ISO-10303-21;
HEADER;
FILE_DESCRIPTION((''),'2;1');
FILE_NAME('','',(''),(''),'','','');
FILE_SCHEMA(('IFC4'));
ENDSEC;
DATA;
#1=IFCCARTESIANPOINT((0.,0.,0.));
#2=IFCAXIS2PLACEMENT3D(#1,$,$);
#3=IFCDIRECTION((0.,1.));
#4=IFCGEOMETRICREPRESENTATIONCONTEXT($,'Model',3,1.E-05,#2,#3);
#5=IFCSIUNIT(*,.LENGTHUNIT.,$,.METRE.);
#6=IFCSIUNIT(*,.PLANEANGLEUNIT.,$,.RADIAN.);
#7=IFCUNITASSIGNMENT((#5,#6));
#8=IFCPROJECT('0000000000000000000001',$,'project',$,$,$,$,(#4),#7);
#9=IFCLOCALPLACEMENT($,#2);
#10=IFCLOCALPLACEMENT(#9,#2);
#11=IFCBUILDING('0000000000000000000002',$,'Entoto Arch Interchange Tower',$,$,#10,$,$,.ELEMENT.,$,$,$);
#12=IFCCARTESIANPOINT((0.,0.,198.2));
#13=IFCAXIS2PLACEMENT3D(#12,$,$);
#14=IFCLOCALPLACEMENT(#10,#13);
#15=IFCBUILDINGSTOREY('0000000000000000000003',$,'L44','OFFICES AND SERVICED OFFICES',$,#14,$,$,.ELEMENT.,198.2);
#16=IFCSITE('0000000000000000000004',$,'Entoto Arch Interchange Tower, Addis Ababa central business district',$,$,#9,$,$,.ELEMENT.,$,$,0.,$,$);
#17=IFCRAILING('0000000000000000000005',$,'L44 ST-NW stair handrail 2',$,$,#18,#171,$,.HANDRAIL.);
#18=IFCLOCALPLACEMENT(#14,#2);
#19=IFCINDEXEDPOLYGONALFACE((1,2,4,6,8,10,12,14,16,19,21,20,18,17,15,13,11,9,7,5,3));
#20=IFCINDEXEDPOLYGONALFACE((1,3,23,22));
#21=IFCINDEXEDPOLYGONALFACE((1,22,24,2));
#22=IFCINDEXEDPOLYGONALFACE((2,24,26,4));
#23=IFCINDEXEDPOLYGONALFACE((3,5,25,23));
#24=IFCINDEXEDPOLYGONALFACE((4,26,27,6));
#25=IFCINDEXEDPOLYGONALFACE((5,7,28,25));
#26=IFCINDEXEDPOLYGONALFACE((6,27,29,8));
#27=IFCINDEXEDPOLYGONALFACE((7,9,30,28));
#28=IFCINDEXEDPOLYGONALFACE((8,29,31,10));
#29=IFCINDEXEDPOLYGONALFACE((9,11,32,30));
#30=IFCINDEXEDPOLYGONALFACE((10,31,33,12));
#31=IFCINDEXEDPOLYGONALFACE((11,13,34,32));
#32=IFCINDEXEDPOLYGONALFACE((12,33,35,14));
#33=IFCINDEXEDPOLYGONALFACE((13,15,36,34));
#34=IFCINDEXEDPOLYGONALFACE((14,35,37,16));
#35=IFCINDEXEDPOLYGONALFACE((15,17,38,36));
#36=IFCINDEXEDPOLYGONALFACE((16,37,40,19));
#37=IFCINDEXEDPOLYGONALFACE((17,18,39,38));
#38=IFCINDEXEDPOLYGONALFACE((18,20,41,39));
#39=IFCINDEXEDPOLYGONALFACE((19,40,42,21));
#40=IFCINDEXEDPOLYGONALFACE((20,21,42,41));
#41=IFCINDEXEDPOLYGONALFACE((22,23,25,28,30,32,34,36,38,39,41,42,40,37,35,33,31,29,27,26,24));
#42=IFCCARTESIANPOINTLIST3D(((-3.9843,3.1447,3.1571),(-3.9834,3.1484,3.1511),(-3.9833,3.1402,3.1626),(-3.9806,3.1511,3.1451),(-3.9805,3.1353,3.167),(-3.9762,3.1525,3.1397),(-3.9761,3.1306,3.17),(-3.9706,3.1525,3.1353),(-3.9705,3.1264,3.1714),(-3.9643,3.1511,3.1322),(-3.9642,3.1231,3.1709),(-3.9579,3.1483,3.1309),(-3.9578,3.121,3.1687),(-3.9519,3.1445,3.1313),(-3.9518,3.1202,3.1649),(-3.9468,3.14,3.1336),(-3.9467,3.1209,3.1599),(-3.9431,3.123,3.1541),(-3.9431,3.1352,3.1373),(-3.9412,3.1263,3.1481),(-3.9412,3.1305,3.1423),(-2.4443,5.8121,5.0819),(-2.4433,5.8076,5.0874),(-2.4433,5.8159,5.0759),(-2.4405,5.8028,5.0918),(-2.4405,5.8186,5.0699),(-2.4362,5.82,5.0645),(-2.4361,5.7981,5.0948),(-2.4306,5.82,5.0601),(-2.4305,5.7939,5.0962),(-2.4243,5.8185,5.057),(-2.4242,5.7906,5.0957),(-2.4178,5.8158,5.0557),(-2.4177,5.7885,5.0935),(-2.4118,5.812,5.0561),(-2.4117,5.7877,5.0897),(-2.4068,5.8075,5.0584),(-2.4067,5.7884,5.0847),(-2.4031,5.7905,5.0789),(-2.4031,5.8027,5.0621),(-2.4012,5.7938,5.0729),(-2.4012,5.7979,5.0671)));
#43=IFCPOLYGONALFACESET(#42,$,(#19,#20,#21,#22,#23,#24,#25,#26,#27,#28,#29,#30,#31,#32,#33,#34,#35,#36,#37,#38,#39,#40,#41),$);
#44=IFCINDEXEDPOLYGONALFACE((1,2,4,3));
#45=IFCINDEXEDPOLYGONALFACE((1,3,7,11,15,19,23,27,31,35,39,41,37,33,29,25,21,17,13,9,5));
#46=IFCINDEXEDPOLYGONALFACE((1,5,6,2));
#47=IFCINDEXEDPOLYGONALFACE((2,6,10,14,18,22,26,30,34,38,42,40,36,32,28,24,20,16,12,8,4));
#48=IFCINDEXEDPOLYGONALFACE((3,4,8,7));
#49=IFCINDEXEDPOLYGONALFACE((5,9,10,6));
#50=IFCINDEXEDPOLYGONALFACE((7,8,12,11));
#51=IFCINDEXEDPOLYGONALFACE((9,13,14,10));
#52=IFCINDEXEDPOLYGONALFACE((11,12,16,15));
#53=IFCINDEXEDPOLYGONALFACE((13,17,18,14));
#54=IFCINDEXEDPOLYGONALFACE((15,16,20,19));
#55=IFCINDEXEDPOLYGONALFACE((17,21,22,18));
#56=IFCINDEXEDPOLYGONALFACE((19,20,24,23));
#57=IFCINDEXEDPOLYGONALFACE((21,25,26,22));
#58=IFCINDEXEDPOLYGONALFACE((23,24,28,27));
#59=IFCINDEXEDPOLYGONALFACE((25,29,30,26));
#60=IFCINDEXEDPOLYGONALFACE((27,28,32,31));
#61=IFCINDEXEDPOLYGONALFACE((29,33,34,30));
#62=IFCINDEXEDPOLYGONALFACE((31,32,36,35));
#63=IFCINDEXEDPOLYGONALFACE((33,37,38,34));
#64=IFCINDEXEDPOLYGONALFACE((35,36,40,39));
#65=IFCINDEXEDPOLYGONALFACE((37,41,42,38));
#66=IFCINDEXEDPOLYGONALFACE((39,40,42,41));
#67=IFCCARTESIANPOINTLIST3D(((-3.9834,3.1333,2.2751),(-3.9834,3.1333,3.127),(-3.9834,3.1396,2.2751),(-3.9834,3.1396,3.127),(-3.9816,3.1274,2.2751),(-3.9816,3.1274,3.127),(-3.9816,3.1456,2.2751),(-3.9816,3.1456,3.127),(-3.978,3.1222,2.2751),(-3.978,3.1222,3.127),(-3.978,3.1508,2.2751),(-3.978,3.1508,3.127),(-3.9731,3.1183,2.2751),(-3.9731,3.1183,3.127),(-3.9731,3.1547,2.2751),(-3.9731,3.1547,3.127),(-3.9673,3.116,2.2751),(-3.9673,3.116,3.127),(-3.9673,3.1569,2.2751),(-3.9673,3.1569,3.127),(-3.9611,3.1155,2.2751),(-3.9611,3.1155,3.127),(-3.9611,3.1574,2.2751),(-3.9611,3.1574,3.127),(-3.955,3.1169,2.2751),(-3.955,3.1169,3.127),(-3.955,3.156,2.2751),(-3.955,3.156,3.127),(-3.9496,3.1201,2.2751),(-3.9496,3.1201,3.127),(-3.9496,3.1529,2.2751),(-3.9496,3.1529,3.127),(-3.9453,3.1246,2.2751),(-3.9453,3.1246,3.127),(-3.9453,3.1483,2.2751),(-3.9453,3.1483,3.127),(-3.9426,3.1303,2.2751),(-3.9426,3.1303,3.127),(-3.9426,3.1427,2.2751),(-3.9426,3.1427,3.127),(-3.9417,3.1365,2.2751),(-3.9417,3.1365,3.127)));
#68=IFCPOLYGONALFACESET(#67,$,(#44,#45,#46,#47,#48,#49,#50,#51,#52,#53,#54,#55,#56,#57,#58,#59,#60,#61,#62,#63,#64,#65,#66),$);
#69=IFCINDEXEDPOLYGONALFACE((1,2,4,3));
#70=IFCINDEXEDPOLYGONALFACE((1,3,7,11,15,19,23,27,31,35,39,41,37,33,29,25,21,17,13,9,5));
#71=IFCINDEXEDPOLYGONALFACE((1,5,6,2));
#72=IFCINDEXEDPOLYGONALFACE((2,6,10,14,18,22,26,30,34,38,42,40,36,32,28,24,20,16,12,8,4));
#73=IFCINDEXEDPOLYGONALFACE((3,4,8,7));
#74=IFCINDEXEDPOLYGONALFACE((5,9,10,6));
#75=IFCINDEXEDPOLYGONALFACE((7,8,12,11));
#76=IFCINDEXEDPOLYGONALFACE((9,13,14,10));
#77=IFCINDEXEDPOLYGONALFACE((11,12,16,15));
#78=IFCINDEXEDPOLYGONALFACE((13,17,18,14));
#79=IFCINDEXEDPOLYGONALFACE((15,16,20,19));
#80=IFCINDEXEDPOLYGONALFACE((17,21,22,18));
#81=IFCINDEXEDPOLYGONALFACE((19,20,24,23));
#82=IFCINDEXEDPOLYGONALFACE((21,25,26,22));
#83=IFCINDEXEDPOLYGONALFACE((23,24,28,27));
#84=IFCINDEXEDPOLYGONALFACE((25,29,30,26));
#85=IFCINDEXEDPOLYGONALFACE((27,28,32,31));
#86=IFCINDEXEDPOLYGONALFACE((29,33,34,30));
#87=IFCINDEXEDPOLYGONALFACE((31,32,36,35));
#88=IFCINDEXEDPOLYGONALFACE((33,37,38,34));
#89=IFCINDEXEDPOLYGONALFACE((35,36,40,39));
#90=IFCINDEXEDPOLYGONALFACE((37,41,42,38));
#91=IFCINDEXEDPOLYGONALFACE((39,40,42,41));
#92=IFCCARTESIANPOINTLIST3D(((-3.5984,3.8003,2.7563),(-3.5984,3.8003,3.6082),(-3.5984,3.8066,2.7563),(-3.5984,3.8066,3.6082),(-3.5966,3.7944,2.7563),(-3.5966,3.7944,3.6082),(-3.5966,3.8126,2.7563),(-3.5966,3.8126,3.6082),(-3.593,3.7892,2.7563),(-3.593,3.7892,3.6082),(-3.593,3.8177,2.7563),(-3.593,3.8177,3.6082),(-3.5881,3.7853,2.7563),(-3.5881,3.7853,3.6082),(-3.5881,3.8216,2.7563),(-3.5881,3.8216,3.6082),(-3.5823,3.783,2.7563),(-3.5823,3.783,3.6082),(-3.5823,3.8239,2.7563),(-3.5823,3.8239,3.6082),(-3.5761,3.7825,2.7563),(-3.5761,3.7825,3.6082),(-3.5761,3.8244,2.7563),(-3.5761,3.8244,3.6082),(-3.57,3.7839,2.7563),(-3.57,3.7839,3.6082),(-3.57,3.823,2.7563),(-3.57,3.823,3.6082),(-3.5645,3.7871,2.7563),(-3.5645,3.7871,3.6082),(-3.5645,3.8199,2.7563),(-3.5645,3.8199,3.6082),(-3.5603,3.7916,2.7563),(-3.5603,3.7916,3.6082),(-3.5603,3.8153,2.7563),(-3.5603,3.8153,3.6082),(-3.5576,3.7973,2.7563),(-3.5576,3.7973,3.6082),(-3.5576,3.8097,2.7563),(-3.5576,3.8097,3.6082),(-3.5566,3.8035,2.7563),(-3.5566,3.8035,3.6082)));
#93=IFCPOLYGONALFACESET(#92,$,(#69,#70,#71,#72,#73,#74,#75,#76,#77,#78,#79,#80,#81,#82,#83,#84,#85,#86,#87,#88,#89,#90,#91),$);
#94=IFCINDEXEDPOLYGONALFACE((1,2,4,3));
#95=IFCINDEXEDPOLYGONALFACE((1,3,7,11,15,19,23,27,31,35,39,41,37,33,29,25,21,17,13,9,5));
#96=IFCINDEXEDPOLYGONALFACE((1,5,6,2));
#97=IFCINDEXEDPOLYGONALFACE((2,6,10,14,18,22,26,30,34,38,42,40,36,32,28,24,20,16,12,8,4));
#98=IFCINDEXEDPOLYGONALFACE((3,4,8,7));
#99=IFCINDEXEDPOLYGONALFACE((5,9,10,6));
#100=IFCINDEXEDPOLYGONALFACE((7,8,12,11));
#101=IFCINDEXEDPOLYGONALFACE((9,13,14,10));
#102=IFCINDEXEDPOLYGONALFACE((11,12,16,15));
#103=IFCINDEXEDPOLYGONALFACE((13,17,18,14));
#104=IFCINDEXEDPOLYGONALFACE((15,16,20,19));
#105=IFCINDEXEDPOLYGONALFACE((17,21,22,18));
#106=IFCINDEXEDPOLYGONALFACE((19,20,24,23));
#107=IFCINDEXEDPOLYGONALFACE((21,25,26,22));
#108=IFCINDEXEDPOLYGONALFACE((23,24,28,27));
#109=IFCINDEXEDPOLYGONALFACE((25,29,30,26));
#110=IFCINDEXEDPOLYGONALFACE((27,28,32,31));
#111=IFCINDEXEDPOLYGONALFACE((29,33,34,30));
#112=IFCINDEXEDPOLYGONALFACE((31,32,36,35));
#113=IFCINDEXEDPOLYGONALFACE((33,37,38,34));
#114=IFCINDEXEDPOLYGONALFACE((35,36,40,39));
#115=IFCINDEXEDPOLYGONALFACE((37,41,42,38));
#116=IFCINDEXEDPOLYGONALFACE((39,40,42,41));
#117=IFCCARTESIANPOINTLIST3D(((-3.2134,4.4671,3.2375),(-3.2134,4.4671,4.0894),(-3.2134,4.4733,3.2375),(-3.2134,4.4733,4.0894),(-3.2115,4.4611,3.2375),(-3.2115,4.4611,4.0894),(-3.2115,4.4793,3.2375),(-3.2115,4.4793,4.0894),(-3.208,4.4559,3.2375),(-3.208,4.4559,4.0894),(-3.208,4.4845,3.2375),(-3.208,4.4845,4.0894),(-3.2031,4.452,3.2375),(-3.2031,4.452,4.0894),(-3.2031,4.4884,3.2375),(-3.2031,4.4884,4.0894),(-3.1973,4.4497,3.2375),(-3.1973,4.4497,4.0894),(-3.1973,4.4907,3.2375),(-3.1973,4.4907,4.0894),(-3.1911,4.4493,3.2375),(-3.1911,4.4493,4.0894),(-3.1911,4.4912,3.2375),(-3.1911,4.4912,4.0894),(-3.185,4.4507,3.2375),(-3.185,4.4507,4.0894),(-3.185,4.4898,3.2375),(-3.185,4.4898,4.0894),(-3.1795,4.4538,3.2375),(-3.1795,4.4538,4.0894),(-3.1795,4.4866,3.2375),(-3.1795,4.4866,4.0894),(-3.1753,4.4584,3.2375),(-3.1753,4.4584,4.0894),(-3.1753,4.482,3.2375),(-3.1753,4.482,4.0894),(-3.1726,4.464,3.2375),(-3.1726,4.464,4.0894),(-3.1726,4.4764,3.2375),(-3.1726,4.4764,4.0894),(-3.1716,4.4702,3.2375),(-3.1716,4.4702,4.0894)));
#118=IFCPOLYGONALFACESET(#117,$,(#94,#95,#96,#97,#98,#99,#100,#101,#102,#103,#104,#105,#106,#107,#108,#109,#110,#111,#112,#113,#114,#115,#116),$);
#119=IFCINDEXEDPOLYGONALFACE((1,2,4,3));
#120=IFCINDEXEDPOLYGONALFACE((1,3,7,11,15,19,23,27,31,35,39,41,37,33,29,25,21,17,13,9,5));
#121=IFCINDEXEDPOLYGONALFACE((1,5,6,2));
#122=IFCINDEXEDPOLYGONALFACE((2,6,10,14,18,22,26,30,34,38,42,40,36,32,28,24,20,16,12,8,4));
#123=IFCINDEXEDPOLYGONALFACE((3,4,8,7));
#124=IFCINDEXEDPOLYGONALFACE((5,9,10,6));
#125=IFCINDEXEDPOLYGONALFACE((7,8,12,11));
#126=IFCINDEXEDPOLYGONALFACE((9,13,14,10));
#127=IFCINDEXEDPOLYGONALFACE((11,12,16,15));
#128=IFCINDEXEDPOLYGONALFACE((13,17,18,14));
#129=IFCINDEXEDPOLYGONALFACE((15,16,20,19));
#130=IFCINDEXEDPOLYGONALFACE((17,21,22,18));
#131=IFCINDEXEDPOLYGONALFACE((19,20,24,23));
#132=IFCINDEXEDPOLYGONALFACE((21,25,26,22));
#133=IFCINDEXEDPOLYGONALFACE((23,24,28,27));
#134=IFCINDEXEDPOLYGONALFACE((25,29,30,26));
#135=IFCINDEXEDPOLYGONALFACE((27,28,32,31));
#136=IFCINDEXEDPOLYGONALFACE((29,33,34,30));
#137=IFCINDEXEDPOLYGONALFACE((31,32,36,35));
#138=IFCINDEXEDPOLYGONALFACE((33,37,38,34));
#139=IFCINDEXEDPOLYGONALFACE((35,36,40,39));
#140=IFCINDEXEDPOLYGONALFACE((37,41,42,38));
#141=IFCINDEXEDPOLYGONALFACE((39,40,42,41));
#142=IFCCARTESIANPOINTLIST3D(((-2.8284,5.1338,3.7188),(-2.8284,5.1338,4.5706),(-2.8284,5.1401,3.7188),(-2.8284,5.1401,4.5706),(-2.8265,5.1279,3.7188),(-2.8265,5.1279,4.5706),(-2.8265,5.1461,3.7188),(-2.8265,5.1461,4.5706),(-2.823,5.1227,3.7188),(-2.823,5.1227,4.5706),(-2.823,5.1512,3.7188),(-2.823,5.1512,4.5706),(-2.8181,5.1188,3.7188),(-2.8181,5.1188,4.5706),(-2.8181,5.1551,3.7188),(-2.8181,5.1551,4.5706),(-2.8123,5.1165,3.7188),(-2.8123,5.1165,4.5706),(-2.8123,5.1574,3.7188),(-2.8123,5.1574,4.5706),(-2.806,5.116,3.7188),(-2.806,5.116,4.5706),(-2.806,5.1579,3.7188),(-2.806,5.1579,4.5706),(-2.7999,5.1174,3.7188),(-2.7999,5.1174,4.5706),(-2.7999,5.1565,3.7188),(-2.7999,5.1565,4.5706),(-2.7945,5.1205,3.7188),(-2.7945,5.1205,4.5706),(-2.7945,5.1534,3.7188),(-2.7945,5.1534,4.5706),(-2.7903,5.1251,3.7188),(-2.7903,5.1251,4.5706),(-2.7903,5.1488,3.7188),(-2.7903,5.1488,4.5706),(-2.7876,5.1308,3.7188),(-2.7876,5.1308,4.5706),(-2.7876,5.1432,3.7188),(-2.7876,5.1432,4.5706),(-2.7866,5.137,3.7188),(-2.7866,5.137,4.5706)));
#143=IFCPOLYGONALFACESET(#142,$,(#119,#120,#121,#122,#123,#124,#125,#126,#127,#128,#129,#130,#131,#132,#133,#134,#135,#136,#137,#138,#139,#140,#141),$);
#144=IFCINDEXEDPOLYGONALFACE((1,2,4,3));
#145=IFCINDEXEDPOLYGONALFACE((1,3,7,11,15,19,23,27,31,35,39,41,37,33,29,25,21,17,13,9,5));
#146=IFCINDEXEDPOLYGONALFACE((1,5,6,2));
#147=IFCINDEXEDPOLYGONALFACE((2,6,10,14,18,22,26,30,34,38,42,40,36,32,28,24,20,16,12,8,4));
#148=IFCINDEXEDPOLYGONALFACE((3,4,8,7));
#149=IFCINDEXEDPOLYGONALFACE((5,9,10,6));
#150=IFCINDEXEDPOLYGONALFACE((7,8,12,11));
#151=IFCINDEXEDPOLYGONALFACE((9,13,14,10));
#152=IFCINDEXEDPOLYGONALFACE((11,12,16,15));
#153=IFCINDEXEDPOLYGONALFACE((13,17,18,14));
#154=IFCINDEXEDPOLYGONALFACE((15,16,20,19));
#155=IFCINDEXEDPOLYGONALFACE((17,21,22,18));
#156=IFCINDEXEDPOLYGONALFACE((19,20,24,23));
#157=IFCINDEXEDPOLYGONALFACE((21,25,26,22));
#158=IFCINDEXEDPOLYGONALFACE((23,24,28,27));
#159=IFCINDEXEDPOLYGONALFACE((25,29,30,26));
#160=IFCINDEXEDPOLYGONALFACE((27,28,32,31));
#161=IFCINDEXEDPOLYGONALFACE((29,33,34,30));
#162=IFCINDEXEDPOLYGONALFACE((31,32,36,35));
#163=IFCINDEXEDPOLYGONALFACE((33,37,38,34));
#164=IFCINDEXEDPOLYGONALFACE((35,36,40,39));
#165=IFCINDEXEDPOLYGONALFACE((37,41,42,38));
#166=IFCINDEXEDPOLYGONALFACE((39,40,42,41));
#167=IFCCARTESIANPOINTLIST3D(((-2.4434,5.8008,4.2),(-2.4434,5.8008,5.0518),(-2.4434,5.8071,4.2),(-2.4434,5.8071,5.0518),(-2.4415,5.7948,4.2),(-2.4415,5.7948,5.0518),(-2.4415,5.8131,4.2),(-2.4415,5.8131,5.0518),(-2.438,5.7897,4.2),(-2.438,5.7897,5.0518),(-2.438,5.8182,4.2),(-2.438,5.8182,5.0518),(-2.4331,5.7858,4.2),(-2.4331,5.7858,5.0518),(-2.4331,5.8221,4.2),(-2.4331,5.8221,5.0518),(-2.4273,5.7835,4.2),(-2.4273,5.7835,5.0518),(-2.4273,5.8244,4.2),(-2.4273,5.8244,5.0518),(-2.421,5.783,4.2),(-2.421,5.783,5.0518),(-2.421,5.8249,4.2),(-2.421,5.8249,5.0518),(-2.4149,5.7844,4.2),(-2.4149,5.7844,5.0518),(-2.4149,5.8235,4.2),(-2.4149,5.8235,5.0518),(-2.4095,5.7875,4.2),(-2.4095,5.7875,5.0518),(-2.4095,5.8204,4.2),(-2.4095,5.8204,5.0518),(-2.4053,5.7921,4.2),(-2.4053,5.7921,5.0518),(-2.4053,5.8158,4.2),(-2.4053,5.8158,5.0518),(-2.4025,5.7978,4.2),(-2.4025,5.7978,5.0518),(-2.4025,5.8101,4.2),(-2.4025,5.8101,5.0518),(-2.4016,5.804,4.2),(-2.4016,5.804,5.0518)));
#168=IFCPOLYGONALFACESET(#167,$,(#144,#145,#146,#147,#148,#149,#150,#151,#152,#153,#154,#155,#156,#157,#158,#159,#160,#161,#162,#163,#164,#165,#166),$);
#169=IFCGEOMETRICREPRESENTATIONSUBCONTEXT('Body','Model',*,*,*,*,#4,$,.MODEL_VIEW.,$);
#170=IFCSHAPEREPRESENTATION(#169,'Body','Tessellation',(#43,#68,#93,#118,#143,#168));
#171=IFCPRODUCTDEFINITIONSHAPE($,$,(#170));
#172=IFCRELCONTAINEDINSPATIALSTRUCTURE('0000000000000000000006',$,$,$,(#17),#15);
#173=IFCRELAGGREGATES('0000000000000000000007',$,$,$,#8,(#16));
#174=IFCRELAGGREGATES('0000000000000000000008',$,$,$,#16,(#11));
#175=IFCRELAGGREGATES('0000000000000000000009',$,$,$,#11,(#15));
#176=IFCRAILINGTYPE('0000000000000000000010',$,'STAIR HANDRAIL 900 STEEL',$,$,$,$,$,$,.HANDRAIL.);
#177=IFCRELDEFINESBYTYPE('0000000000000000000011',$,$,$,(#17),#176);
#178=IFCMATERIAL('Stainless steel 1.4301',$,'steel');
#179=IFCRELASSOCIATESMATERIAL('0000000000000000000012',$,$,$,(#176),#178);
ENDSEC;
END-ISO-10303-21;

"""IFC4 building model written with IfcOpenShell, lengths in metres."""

from ifc_helpers import new_model, si_unit, direction, frame, origin, origin_2d, place, context, subcontext, project, spatial, circle, extrude, material, type_object, element, save


model = new_model("IFC4")

# Units and contexts
model_context = context("Model", 3, precision=1e-05, world=origin(), true_north=direction((0.0, 1.0)))
body_context = subcontext(model_context, "Body", "Model", "MODEL_VIEW")
ifc_project = project(units=[si_unit("LENGTHUNIT", "METRE"), si_unit("PLANEANGLEUNIT", "RADIAN")], contexts=[model_context])

# Site, building, storey
site_placement = place(None, origin())
site = spatial("IfcSite", under=ifc_project, at=site_placement, Name="Entoto Arch Interchange Tower, Addis Ababa central business district", CompositionType="ELEMENT", RefElevation=0.0)
building_placement = place(site_placement, origin())
building = spatial("IfcBuilding", under=site, at=building_placement, Name="Entoto Arch Interchange Tower", CompositionType="ELEMENT")
storey_placement = place(building_placement, frame((0.0, 0.0, 198.2)))
storey = spatial("IfcBuildingStorey", under=building, at=storey_placement, Name="L44", Description="OFFICES AND SERVICED OFFICES", CompositionType="ELEMENT", Elevation=198.2)

# Railing
ifc_material_1 = material(Name="Stainless steel 1.4301", Category="steel")
railing_type_1 = type_object("IfcRailingType", Name="STAIR HANDRAIL 900 STEEL", PredefinedType="HANDRAIL", material=ifc_material_1)
railing_1_placement = place(storey_placement, frame((-3.9626, 3.1365, 2.2751)))
element("IfcRailing", 1, at=railing_1_placement, inside=storey, type_object=railing_type_1, Name="L44 ST-NW stair handrail 2", PredefinedType="HANDRAIL", context=body_context, shape_type="SweptSolid", body=[
    extrude(circle(Radius=0.0239, at=origin_2d()), frame((0.0, 0.0, 0.876), z_axis=(0.42401, 0.734421, 0.529945), x_axis=(-0.86603, 0.499992, 0.0)), (0.0, 0.0, 1.0), 3.6321),
    extrude(circle(Radius=0.021, at=origin_2d()), origin(), (0.0, 0.0, 1.0), 0.8518),
    extrude(circle(Radius=0.021, at=origin_2d()), frame((0.385, 0.667, 0.4812)), (0.0, 0.0, 1.0), 0.8518),
    extrude(circle(Radius=0.021, at=origin_2d()), frame((0.77, 1.3337, 0.9624)), (0.0, 0.0, 1.0), 0.8518),
    extrude(circle(Radius=0.021, at=origin_2d()), frame((1.155, 2.0005, 1.4436)), (0.0, 0.0, 1.0), 0.8518),
    extrude(circle(Radius=0.021, at=origin_2d()), frame((1.54, 2.6675, 1.9248)), (0.0, 0.0, 1.0), 0.8518),
])

save(model, "model.ifc")
